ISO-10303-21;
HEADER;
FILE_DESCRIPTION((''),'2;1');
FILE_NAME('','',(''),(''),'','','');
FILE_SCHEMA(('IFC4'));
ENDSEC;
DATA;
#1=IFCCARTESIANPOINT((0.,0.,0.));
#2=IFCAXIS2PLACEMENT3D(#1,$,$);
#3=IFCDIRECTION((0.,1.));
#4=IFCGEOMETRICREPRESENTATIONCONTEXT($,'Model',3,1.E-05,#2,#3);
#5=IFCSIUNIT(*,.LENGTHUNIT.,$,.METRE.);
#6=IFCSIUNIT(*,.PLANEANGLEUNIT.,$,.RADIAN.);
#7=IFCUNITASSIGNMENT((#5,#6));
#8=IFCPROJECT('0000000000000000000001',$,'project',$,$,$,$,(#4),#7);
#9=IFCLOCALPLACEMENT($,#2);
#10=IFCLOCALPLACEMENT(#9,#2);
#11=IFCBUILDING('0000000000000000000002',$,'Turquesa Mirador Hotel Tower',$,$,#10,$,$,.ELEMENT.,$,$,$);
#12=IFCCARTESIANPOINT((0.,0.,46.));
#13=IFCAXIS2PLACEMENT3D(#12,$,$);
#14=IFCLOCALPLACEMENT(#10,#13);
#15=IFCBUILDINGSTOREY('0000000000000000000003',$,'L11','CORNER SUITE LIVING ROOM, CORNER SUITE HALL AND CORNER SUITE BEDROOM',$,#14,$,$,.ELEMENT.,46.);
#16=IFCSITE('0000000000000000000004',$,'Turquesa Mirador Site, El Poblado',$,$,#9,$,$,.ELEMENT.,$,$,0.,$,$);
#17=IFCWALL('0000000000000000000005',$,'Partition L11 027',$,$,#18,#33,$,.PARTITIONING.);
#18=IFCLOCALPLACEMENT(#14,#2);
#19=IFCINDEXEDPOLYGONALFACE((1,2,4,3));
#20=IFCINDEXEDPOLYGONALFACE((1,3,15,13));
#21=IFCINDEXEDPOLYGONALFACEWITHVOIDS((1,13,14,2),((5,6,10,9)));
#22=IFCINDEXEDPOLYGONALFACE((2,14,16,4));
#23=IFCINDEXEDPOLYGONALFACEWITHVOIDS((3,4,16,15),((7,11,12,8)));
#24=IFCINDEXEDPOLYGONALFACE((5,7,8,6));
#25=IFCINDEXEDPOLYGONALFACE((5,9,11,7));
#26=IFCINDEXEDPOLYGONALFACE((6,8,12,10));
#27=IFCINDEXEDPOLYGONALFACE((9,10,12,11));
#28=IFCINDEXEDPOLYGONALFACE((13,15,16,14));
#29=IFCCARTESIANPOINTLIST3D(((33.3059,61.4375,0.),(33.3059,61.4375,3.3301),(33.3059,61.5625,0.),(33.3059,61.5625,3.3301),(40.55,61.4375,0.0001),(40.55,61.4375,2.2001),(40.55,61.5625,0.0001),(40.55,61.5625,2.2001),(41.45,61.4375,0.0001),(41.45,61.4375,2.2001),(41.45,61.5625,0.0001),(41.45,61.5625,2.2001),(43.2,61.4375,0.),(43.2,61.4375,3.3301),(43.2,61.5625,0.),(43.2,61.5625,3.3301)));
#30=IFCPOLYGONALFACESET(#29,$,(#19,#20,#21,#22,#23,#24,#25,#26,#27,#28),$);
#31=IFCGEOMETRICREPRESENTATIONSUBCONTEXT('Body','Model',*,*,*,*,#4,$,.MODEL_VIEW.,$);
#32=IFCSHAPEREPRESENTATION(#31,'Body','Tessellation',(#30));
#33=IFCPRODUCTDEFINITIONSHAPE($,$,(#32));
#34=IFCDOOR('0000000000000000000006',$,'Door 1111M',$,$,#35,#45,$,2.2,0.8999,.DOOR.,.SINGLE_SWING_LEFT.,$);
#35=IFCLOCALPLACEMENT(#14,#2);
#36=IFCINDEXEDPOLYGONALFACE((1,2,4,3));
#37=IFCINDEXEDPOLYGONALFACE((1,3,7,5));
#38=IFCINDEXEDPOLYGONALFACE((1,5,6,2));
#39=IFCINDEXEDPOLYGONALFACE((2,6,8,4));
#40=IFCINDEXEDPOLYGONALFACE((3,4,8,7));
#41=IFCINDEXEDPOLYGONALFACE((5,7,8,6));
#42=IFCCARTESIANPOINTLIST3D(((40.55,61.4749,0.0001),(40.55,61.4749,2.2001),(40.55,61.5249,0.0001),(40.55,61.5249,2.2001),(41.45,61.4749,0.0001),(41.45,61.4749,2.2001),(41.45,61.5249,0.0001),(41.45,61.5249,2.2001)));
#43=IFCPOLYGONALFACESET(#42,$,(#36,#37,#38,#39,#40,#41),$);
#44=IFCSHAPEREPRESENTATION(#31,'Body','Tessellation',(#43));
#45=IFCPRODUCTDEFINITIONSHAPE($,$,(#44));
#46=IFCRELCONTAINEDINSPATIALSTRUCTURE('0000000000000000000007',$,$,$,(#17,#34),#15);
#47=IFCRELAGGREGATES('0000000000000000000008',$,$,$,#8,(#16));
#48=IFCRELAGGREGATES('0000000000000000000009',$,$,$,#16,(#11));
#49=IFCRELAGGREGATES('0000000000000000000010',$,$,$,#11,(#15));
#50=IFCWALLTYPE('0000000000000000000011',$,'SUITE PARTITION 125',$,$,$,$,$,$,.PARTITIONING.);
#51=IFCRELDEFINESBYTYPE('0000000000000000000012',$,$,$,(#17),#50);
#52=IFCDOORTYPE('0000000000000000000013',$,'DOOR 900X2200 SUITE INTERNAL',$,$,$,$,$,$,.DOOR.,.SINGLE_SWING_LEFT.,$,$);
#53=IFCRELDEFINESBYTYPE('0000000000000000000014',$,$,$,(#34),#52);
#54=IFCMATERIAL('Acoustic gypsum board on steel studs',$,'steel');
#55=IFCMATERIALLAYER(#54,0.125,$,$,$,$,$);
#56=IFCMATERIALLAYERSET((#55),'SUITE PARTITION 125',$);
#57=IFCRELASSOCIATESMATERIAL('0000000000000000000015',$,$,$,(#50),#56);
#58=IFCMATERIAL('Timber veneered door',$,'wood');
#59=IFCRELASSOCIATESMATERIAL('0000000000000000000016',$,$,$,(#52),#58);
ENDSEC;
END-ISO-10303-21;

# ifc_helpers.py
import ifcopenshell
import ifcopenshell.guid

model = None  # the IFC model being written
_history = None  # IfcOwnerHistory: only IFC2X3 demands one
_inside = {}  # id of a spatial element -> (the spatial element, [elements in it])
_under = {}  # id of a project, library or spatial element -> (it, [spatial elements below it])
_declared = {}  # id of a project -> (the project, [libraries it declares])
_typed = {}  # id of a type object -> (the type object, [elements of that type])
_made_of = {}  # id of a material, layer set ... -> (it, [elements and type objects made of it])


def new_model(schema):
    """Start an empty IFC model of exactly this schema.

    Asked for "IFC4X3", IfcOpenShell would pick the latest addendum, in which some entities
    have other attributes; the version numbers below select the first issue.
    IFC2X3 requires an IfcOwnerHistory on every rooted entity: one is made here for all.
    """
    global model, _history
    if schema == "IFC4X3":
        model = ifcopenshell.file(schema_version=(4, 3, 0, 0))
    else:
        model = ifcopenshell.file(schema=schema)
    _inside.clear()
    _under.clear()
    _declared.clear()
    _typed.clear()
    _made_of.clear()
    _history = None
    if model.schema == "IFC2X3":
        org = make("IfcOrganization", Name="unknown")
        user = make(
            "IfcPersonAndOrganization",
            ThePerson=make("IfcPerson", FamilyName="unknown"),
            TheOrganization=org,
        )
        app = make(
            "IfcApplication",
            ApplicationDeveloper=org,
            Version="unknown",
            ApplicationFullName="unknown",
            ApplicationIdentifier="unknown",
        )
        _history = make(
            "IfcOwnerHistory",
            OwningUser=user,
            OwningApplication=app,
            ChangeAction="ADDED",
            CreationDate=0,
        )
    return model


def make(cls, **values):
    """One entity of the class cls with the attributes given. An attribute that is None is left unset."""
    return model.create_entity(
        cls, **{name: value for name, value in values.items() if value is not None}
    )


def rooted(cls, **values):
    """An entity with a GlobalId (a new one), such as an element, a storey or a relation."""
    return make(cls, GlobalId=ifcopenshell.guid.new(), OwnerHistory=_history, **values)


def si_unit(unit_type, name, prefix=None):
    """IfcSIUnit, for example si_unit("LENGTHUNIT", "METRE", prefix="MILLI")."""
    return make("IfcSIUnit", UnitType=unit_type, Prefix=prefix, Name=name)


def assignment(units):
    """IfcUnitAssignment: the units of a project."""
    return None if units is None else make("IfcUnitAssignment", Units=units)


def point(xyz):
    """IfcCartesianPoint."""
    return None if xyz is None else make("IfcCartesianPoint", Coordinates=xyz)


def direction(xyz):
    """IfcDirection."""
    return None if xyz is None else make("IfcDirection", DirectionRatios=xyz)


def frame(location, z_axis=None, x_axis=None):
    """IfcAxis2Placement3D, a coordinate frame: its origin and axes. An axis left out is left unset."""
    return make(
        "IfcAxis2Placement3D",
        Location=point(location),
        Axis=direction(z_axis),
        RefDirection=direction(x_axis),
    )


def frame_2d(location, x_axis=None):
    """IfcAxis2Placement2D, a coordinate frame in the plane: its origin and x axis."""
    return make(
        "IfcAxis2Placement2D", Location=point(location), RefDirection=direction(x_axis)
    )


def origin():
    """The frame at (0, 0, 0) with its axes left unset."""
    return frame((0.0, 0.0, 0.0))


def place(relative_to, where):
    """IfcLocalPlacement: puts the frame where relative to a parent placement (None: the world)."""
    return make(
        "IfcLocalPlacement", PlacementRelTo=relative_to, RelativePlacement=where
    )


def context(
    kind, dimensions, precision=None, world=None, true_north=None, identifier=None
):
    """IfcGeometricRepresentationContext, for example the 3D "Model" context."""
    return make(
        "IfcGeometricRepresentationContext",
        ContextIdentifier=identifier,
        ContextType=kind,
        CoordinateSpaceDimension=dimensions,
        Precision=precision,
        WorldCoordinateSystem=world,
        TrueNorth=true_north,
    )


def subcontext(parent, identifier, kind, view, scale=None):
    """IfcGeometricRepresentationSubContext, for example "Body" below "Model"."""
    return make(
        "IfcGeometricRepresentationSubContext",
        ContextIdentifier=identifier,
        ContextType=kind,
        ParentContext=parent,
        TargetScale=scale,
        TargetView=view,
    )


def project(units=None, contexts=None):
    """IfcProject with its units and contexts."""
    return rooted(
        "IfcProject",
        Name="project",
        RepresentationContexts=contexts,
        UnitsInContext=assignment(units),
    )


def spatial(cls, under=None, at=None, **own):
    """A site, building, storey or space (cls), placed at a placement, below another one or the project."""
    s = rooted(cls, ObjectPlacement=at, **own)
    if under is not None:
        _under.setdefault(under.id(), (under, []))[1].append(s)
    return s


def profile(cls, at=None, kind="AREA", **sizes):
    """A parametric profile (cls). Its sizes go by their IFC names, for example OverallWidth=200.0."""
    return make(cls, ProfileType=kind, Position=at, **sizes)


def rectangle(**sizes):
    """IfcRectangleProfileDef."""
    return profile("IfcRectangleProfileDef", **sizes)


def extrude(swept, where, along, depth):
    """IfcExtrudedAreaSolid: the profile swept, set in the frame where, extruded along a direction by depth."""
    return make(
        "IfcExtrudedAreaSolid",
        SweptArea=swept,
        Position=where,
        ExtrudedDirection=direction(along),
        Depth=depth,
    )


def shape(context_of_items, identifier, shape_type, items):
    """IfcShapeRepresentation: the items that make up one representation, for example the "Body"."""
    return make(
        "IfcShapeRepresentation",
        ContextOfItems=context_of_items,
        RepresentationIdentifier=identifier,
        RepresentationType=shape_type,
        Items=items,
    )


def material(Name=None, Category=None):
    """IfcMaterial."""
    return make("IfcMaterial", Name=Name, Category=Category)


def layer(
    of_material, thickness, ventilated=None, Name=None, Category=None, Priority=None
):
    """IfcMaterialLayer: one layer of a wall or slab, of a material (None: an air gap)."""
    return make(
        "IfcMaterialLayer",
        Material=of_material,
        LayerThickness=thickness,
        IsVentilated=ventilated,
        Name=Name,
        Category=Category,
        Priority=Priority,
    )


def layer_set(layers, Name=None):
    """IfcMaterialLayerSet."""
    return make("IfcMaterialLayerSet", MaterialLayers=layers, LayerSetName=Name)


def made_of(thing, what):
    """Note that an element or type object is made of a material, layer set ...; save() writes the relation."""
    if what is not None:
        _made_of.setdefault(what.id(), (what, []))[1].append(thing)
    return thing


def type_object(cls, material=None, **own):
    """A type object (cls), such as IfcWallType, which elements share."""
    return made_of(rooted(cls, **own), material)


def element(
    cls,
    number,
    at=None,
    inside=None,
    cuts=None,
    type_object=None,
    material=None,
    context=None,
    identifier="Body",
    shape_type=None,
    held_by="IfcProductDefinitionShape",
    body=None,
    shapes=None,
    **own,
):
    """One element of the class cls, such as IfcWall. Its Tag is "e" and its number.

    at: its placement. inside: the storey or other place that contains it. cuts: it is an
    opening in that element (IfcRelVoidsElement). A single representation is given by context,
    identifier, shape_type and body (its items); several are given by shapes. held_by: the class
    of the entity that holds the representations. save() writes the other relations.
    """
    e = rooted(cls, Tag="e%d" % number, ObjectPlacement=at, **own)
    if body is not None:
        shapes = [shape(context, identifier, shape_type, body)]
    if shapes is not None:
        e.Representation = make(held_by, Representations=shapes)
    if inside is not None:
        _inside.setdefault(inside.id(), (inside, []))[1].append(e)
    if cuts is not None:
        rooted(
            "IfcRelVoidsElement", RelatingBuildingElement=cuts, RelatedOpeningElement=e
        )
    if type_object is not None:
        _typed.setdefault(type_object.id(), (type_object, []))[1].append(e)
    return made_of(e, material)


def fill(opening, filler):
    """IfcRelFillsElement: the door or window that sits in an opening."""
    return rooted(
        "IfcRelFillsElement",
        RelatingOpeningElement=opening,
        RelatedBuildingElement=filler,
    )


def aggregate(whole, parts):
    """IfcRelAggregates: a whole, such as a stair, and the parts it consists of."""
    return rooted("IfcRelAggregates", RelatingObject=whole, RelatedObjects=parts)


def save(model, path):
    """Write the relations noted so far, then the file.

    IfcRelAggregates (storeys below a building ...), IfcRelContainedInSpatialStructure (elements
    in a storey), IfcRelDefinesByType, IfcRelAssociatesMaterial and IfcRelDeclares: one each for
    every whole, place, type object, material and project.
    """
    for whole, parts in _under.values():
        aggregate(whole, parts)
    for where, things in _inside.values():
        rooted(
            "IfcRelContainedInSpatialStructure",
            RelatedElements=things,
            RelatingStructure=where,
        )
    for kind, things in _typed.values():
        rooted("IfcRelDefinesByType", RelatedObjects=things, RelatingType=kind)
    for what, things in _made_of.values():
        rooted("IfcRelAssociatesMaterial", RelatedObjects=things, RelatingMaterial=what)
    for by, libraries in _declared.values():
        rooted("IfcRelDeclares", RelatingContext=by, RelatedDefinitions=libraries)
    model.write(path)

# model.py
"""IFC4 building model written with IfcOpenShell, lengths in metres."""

from ifc_helpers import new_model, si_unit, direction, frame, frame_2d, origin, place, context, subcontext, project, spatial, rectangle, extrude, material, layer, layer_set, type_object, element, fill, save


model = new_model("IFC4")

# Units and contexts
model_context = context("Model", 3, precision=1e-05, world=origin(), true_north=direction((0.0, 1.0)))
body_context = subcontext(model_context, "Body", "Model", "MODEL_VIEW")
ifc_project = project(units=[si_unit("LENGTHUNIT", "METRE"), si_unit("PLANEANGLEUNIT", "RADIAN")], contexts=[model_context])

# Site, building, storey
site_placement = place(None, origin())
site = spatial("IfcSite", under=ifc_project, at=site_placement, Name="Turquesa Mirador Site, El Poblado", CompositionType="ELEMENT", RefElevation=0.0)
building_placement = place(site_placement, origin())
building = spatial("IfcBuilding", under=site, at=building_placement, Name="Turquesa Mirador Hotel Tower", CompositionType="ELEMENT")
storey_placement = place(building_placement, frame((0.0, 0.0, 46.0)))
storey = spatial("IfcBuildingStorey", under=building, at=storey_placement, Name="L11", Description="CORNER SUITE LIVING ROOM, CORNER SUITE HALL AND CORNER SUITE BEDROOM", CompositionType="ELEMENT", Elevation=46.0)

# Wall, opening, door
ifc_material_1 = material(Name="Acoustic gypsum board on steel studs", Category="steel")
ifc_layer_1 = layer(ifc_material_1, 0.125)
ifc_layer_set_1 = layer_set([ifc_layer_1], Name="SUITE PARTITION 125")
wall_type_1 = type_object("IfcWallType", Name="SUITE PARTITION 125", PredefinedType="PARTITIONING", material=ifc_layer_set_1)
wall_1_placement = place(storey_placement, frame((33.3059, 61.5, 0.0), z_axis=(0.0, 0.0, 1.0), x_axis=(1.0, 0.0, 0.0)))
wall_1 = element("IfcWall", 1, at=wall_1_placement, inside=storey, type_object=wall_type_1, Name="Partition L11 027", PredefinedType="PARTITIONING", context=body_context, shape_type="SweptSolid", body=[
    extrude(rectangle(XDim=9.894, YDim=0.125, at=frame_2d((4.947, 0.0))), origin(), (0.0, 0.0, 1.0), 3.3301),
])
opening_1_placement = place(wall_1_placement, frame((7.2441, 0.0, 0.0)))
opening_1 = element("IfcOpeningElement", 2, at=opening_1_placement, cuts=wall_1, PredefinedType="OPENING", context=body_context, shape_type="SweptSolid", body=[
    extrude(rectangle(XDim=0.8999, YDim=2.2, at=frame_2d((0.45, 1.1001))), frame((0.0, 0.0725, 0.0), z_axis=(0.0, -1.0, 0.0), x_axis=(1.0, 0.0, 0.0)), (0.0, 0.0, 1.0), 0.145),
])
ifc_material_2 = material(Name="Timber veneered door", Category="wood")
door_type = type_object("IfcDoorType", Name="DOOR 900X2200 SUITE INTERNAL", OperationType="SINGLE_SWING_LEFT", PredefinedType="DOOR", material=ifc_material_2)
door_placement = place(opening_1_placement, origin())
door = element("IfcDoor", 3, at=door_placement, inside=storey, type_object=door_type, Name="Door 1111M", OperationType="SINGLE_SWING_LEFT", OverallHeight=2.2, OverallWidth=0.8999, PredefinedType="DOOR", context=body_context, shape_type="SweptSolid", body=[
    extrude(rectangle(XDim=0.8999, YDim=2.2, at=frame_2d((0.45, 1.1001))), frame((0.0, 0.0249, 0.0), z_axis=(0.0, -1.0, 0.0), x_axis=(1.0, 0.0, 0.0)), (0.0, 0.0, 1.0), 0.05),
])
fill(opening_1, door)

save(model, "model.ifc")
